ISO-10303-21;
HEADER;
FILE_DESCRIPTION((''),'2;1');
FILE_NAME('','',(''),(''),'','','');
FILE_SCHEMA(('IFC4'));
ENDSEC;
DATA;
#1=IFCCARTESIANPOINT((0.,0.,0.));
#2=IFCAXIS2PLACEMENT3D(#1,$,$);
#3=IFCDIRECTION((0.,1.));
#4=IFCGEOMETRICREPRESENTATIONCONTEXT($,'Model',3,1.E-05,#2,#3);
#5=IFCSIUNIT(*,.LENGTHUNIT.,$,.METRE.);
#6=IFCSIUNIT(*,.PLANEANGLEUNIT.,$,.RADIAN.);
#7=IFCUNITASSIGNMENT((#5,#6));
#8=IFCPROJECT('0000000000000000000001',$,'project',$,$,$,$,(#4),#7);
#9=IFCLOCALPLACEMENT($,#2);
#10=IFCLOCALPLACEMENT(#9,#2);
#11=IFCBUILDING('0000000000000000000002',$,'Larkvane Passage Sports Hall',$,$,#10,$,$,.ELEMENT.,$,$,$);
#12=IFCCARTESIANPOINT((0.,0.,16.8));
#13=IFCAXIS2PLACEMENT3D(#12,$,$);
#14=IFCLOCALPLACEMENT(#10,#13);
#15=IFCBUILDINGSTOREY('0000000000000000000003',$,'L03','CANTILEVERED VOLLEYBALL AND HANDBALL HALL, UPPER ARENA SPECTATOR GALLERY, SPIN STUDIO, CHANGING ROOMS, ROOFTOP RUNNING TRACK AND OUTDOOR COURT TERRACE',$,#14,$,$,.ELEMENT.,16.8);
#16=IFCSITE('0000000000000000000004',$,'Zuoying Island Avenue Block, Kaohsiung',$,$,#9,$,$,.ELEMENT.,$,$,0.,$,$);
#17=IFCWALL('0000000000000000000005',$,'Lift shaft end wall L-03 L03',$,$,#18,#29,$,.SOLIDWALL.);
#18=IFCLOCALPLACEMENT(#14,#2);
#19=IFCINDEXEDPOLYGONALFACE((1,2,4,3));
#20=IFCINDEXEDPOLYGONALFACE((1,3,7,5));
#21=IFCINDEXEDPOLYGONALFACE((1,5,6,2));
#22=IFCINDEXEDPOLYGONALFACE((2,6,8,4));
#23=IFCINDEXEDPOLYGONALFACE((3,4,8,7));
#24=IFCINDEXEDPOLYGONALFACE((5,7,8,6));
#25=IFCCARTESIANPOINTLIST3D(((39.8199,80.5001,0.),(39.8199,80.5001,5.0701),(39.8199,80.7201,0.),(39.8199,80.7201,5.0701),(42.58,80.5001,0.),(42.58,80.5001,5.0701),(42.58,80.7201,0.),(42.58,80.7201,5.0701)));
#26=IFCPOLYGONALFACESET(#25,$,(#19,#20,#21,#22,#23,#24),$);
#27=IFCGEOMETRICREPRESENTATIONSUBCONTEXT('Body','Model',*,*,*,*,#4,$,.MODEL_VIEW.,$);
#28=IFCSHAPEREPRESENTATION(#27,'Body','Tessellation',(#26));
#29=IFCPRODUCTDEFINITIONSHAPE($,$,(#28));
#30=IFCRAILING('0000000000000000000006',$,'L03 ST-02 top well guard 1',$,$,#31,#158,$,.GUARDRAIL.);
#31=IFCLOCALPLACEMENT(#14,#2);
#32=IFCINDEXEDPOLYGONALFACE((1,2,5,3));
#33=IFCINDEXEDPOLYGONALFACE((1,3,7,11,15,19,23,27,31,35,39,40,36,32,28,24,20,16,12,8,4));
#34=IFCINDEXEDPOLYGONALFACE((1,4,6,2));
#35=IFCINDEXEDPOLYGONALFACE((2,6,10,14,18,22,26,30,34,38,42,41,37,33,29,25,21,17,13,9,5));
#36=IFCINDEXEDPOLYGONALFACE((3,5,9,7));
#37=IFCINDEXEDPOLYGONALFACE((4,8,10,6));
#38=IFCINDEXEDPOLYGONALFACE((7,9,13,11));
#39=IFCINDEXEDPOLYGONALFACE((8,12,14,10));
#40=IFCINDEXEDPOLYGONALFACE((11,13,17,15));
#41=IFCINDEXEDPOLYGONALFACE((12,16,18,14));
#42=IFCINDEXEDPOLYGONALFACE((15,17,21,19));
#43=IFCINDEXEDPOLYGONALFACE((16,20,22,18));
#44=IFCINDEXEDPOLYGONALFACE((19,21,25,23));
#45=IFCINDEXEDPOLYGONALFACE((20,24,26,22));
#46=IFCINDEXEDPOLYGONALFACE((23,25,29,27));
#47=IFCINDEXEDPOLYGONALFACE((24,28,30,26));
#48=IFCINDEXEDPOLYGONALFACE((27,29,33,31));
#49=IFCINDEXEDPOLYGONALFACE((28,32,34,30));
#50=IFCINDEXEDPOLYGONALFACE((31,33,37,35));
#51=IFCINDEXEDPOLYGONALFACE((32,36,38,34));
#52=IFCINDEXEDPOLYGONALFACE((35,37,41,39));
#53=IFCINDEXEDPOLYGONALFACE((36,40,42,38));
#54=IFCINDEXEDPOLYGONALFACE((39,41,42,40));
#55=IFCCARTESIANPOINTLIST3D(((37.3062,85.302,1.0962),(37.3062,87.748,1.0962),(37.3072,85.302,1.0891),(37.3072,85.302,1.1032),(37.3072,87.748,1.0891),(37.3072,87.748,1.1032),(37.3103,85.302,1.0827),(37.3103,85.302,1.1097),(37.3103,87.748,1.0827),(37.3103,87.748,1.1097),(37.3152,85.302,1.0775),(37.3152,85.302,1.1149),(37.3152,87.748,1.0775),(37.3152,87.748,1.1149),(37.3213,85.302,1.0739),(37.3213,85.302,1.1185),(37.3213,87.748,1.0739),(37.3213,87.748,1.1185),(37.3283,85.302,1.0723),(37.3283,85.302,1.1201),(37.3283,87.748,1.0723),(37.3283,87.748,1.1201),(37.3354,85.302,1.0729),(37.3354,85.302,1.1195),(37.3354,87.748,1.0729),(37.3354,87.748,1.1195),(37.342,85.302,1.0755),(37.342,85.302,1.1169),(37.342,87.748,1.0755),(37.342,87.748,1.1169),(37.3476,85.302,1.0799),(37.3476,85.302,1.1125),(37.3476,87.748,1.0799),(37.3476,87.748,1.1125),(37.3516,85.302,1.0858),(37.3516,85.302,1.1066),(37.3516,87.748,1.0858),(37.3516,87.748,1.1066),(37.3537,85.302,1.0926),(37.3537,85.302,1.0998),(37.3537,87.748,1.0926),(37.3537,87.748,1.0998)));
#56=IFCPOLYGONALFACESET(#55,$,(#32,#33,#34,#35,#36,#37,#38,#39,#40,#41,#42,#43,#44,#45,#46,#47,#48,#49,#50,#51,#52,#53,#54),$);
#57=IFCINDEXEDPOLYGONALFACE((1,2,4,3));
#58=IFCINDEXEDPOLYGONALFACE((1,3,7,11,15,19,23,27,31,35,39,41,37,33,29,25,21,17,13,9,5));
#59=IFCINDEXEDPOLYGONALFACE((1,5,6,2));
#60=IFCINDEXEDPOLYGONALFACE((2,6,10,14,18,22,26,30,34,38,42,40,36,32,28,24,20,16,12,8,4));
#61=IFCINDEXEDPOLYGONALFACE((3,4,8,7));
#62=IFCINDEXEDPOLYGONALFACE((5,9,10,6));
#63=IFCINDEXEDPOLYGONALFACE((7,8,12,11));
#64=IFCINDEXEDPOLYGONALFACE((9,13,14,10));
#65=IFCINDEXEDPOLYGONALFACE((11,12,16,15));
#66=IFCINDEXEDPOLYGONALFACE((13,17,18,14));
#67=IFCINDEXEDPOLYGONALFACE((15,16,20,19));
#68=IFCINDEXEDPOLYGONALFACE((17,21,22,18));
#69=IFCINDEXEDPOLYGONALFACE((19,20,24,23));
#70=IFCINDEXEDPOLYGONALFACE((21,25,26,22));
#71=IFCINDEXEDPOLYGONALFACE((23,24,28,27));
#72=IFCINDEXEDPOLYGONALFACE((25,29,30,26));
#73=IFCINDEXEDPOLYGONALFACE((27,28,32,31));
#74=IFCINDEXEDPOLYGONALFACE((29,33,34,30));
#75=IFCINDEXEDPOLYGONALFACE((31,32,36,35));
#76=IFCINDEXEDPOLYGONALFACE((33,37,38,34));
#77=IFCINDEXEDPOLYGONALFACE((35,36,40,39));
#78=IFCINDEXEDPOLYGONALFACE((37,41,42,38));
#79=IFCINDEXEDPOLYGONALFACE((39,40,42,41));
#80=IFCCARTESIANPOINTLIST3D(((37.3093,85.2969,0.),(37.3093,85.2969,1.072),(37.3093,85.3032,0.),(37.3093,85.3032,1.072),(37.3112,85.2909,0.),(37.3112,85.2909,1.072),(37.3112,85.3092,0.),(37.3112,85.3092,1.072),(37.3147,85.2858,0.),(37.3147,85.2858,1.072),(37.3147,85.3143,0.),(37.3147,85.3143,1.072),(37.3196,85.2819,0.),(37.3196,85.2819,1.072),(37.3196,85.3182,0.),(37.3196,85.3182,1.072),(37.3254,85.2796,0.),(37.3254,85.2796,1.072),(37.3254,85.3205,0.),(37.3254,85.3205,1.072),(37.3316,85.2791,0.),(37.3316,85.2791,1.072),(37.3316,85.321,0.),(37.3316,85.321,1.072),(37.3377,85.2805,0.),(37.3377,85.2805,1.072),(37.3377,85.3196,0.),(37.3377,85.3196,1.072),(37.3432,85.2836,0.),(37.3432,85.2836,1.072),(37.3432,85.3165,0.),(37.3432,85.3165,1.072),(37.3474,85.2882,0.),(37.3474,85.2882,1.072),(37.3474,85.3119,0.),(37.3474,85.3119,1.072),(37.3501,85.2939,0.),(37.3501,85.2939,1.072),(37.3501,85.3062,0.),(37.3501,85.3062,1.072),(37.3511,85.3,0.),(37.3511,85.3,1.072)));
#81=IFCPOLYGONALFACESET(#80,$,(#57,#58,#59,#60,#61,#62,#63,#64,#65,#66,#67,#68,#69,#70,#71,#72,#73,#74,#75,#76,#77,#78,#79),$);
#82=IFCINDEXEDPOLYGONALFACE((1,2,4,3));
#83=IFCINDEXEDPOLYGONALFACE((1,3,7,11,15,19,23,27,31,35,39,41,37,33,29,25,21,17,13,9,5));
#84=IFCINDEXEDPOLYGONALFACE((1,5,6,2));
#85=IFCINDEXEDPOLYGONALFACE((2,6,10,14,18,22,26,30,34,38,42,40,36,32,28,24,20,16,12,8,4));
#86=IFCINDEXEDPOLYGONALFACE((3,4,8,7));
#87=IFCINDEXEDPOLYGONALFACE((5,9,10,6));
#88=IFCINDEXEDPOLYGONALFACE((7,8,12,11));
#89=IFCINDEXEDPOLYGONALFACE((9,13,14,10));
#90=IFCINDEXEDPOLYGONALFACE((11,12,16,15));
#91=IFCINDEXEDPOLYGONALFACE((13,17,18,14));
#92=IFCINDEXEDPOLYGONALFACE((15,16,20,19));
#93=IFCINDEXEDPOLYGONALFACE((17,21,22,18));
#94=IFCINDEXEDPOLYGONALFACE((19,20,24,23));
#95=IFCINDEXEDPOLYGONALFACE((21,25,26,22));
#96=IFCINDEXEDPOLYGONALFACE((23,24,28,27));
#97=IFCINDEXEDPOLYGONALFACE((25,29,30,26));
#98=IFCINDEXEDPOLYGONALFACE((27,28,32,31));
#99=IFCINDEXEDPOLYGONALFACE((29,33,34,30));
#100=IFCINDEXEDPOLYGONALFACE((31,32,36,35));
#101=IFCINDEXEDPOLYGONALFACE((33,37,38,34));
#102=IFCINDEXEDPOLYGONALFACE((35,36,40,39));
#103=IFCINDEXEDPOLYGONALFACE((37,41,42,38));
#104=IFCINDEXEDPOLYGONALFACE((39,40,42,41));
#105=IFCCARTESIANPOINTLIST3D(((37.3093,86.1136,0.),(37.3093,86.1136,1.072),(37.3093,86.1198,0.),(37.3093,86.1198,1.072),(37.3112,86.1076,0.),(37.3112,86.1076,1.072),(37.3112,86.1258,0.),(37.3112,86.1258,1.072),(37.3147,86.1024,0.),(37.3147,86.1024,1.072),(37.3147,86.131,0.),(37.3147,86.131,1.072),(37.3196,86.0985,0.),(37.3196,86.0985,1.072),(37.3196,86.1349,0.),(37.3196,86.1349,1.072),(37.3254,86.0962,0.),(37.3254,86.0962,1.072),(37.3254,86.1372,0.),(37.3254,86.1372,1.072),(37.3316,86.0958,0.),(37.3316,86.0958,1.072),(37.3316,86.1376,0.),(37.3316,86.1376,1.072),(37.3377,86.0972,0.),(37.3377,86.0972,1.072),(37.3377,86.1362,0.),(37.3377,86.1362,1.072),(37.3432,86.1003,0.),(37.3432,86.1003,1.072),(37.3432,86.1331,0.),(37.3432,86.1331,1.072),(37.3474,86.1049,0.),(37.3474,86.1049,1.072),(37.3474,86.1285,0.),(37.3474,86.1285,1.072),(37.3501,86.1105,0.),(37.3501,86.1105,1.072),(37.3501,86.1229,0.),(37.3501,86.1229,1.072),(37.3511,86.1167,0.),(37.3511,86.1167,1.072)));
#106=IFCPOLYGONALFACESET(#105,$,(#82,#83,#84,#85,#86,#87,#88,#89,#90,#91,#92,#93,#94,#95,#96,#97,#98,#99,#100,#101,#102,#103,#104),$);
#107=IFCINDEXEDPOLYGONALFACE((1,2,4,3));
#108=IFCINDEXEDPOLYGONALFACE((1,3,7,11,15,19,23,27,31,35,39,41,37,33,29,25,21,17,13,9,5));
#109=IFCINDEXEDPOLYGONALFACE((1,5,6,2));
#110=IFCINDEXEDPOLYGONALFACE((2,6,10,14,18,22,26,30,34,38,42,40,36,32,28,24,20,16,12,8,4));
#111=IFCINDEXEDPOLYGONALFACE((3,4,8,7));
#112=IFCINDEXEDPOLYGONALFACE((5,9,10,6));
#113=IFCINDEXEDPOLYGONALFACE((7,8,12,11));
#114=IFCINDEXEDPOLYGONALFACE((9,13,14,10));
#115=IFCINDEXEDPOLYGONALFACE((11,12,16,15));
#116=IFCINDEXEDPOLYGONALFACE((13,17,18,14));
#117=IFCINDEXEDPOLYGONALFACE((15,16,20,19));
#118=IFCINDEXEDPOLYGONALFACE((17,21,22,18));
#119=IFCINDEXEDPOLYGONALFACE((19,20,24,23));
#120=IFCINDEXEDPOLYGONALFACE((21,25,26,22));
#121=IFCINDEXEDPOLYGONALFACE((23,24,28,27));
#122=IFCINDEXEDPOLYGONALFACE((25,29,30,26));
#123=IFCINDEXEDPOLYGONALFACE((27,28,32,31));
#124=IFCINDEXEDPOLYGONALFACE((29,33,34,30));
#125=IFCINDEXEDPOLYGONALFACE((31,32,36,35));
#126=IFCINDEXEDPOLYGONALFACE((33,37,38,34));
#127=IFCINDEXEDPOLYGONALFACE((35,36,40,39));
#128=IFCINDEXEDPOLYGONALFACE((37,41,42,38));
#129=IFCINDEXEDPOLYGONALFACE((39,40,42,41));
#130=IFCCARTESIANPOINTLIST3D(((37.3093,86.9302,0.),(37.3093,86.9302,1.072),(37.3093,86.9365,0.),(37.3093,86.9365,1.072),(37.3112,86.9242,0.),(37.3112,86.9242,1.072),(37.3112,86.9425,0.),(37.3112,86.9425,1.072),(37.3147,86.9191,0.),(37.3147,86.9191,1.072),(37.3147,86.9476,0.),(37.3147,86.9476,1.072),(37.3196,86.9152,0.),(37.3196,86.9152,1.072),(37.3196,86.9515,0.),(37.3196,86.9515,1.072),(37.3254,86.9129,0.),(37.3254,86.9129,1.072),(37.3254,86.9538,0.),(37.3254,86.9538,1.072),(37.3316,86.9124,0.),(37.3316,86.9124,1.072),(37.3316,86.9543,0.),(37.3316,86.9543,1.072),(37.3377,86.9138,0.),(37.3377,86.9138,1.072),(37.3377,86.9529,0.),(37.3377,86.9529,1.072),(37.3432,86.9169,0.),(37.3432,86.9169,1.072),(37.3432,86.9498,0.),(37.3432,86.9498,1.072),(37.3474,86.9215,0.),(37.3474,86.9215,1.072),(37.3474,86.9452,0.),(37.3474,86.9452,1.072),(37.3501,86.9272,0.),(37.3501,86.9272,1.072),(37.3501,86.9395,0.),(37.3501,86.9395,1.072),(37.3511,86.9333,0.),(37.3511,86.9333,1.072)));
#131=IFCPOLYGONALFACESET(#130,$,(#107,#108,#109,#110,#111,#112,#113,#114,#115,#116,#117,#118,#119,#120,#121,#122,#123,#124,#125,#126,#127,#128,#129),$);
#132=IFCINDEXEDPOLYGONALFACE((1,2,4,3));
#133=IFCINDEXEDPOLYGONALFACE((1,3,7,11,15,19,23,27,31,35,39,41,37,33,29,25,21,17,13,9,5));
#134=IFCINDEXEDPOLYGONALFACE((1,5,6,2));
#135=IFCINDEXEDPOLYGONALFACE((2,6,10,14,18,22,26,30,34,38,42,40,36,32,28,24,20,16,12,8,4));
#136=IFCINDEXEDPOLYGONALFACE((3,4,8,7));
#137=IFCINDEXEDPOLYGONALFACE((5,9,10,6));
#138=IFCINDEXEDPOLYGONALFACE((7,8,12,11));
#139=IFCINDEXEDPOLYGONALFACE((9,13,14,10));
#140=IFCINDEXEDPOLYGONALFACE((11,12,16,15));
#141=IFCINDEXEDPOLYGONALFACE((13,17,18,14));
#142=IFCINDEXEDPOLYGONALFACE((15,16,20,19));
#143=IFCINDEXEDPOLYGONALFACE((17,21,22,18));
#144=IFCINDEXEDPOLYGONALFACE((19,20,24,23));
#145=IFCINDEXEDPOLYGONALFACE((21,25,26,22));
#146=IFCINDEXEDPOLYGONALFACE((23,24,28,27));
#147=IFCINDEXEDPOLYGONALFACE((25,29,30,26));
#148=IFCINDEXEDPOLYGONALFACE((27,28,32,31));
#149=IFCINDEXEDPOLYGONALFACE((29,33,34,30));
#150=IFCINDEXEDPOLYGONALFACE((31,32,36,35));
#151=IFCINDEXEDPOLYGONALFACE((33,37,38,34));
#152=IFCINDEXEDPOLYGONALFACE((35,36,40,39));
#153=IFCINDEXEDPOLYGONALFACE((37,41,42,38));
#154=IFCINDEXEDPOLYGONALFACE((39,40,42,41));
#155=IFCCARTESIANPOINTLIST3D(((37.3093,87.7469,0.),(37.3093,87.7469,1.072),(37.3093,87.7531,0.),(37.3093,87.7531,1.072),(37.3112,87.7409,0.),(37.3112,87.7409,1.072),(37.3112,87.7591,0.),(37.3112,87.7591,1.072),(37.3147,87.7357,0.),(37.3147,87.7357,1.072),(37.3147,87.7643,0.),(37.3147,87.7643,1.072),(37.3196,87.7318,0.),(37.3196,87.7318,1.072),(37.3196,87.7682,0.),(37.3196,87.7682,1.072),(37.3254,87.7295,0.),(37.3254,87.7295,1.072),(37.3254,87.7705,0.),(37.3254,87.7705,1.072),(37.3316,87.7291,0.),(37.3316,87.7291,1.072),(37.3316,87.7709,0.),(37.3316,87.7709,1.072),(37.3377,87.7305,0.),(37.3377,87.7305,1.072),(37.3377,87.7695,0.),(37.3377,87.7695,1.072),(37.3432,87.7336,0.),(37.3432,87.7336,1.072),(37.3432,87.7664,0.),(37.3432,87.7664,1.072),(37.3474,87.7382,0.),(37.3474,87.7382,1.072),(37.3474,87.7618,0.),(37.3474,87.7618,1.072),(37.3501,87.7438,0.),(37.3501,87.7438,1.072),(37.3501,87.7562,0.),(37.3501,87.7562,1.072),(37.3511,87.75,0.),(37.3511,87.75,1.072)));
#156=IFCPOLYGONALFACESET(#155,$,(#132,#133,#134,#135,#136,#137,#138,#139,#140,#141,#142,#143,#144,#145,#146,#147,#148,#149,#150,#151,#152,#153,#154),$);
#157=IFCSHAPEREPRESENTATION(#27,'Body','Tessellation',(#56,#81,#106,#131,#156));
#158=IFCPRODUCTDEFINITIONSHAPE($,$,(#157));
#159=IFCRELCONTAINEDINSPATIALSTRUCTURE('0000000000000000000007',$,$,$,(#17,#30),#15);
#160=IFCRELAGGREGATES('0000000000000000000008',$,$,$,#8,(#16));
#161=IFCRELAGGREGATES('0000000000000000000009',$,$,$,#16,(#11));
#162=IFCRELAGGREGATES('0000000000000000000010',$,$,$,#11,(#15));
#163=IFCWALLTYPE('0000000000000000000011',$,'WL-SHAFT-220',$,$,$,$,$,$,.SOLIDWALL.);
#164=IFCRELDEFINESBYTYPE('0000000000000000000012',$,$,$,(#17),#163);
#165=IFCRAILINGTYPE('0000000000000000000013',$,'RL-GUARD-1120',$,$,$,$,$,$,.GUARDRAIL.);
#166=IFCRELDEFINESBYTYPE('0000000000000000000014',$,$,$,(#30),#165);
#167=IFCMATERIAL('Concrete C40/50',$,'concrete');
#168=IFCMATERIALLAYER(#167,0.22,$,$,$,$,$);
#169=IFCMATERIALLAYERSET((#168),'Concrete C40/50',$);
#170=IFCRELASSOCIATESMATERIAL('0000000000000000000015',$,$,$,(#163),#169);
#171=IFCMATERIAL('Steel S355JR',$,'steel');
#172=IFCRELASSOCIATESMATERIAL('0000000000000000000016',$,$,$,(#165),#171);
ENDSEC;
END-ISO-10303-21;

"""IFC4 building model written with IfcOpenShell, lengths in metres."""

from ifc_helpers import new_model, si_unit, direction, frame, frame_2d, origin, origin_2d, place, context, subcontext, project, spatial, rectangle, circle, extrude, material, layer, layer_set, type_object, element, save


model = new_model("IFC4")

# Units and contexts
model_context = context("Model", 3, precision=1e-05, world=origin(), true_north=direction((0.0, 1.0)))
body_context = subcontext(model_context, "Body", "Model", "MODEL_VIEW")
ifc_project = project(units=[si_unit("LENGTHUNIT", "METRE"), si_unit("PLANEANGLEUNIT", "RADIAN")], contexts=[model_context])

# Site, building, storey
site_placement = place(None, origin())
site = spatial("IfcSite", under=ifc_project, at=site_placement, Name="Zuoying Island Avenue Block, Kaohsiung", CompositionType="ELEMENT", RefElevation=0.0)
building_placement = place(site_placement, origin())
building = spatial("IfcBuilding", under=site, at=building_placement, Name="Larkvane Passage Sports Hall", CompositionType="ELEMENT")
storey_placement = place(building_placement, frame((0.0, 0.0, 16.8)))
storey = spatial("IfcBuildingStorey", under=building, at=storey_placement, Name="L03", Description="CANTILEVERED VOLLEYBALL AND HANDBALL HALL, UPPER ARENA SPECTATOR GALLERY, SPIN STUDIO, CHANGING ROOMS, ROOFTOP RUNNING TRACK AND OUTDOOR COURT TERRACE", CompositionType="ELEMENT", Elevation=16.8)

# Shared definitions
ifc_material_1 = material(Name="Concrete C40/50", Category="concrete")

# Shared definitions
ifc_material_2 = material(Name="Steel S355JR", Category="steel")

# Shared definitions
ifc_layer_1 = layer(ifc_material_1, 0.22)
ifc_layer_set_1 = layer_set([ifc_layer_1], Name="Concrete C40/50")
wall_type_1 = type_object("IfcWallType", Name="WL-SHAFT-220", PredefinedType="SOLIDWALL", material=ifc_layer_set_1)

# Wall
wall_1_placement = place(storey_placement, frame((39.8201, 80.6101, 0.0), z_axis=(0.0, 0.0, 1.0), x_axis=(1.0, 0.0, 0.0)))
element("IfcWall", 1, at=wall_1_placement, inside=storey, type_object=wall_type_1, Name="Lift shaft end wall L-03 L03", PredefinedType="SOLIDWALL", context=body_context, shape_type="SweptSolid", body=[
    extrude(rectangle(XDim=2.76, YDim=0.22, at=frame_2d((1.3799, 0.0))), origin(), (0.0, 0.0, 1.0), 5.0701),
])

# Railing
railing_type = type_object("IfcRailingType", Name="RL-GUARD-1120", PredefinedType="GUARDRAIL", material=ifc_material_2)
railing_placement = place(storey_placement, frame((37.3301, 85.3, 0.0)))
element("IfcRailing", 2, at=railing_placement, inside=storey, type_object=railing_type, Name="L03 ST-02 top well guard 1", PredefinedType="GUARDRAIL", context=body_context, shape_type="SweptSolid", body=[
    extrude(circle(Radius=0.0239, at=origin_2d()), frame((0.0, 0.002, 1.0962), z_axis=(0.0, 1.0, 0.0), x_axis=(-1.0, 0.0, 0.0)), (0.0, 0.0, 1.0), 2.446),
    extrude(circle(Radius=0.021, at=origin_2d()), origin(), (0.0, 0.0, 1.0), 1.072),
    extrude(circle(Radius=0.021, at=origin_2d()), frame((0.0, 0.8167, 0.0)), (0.0, 0.0, 1.0), 1.072),
    extrude(circle(Radius=0.021, at=origin_2d()), frame((0.0, 1.6333, 0.0)), (0.0, 0.0, 1.0), 1.072),
    extrude(circle(Radius=0.021, at=origin_2d()), frame((0.0, 2.45, 0.0)), (0.0, 0.0, 1.0), 1.072),
])

save(model, "model.ifc")
